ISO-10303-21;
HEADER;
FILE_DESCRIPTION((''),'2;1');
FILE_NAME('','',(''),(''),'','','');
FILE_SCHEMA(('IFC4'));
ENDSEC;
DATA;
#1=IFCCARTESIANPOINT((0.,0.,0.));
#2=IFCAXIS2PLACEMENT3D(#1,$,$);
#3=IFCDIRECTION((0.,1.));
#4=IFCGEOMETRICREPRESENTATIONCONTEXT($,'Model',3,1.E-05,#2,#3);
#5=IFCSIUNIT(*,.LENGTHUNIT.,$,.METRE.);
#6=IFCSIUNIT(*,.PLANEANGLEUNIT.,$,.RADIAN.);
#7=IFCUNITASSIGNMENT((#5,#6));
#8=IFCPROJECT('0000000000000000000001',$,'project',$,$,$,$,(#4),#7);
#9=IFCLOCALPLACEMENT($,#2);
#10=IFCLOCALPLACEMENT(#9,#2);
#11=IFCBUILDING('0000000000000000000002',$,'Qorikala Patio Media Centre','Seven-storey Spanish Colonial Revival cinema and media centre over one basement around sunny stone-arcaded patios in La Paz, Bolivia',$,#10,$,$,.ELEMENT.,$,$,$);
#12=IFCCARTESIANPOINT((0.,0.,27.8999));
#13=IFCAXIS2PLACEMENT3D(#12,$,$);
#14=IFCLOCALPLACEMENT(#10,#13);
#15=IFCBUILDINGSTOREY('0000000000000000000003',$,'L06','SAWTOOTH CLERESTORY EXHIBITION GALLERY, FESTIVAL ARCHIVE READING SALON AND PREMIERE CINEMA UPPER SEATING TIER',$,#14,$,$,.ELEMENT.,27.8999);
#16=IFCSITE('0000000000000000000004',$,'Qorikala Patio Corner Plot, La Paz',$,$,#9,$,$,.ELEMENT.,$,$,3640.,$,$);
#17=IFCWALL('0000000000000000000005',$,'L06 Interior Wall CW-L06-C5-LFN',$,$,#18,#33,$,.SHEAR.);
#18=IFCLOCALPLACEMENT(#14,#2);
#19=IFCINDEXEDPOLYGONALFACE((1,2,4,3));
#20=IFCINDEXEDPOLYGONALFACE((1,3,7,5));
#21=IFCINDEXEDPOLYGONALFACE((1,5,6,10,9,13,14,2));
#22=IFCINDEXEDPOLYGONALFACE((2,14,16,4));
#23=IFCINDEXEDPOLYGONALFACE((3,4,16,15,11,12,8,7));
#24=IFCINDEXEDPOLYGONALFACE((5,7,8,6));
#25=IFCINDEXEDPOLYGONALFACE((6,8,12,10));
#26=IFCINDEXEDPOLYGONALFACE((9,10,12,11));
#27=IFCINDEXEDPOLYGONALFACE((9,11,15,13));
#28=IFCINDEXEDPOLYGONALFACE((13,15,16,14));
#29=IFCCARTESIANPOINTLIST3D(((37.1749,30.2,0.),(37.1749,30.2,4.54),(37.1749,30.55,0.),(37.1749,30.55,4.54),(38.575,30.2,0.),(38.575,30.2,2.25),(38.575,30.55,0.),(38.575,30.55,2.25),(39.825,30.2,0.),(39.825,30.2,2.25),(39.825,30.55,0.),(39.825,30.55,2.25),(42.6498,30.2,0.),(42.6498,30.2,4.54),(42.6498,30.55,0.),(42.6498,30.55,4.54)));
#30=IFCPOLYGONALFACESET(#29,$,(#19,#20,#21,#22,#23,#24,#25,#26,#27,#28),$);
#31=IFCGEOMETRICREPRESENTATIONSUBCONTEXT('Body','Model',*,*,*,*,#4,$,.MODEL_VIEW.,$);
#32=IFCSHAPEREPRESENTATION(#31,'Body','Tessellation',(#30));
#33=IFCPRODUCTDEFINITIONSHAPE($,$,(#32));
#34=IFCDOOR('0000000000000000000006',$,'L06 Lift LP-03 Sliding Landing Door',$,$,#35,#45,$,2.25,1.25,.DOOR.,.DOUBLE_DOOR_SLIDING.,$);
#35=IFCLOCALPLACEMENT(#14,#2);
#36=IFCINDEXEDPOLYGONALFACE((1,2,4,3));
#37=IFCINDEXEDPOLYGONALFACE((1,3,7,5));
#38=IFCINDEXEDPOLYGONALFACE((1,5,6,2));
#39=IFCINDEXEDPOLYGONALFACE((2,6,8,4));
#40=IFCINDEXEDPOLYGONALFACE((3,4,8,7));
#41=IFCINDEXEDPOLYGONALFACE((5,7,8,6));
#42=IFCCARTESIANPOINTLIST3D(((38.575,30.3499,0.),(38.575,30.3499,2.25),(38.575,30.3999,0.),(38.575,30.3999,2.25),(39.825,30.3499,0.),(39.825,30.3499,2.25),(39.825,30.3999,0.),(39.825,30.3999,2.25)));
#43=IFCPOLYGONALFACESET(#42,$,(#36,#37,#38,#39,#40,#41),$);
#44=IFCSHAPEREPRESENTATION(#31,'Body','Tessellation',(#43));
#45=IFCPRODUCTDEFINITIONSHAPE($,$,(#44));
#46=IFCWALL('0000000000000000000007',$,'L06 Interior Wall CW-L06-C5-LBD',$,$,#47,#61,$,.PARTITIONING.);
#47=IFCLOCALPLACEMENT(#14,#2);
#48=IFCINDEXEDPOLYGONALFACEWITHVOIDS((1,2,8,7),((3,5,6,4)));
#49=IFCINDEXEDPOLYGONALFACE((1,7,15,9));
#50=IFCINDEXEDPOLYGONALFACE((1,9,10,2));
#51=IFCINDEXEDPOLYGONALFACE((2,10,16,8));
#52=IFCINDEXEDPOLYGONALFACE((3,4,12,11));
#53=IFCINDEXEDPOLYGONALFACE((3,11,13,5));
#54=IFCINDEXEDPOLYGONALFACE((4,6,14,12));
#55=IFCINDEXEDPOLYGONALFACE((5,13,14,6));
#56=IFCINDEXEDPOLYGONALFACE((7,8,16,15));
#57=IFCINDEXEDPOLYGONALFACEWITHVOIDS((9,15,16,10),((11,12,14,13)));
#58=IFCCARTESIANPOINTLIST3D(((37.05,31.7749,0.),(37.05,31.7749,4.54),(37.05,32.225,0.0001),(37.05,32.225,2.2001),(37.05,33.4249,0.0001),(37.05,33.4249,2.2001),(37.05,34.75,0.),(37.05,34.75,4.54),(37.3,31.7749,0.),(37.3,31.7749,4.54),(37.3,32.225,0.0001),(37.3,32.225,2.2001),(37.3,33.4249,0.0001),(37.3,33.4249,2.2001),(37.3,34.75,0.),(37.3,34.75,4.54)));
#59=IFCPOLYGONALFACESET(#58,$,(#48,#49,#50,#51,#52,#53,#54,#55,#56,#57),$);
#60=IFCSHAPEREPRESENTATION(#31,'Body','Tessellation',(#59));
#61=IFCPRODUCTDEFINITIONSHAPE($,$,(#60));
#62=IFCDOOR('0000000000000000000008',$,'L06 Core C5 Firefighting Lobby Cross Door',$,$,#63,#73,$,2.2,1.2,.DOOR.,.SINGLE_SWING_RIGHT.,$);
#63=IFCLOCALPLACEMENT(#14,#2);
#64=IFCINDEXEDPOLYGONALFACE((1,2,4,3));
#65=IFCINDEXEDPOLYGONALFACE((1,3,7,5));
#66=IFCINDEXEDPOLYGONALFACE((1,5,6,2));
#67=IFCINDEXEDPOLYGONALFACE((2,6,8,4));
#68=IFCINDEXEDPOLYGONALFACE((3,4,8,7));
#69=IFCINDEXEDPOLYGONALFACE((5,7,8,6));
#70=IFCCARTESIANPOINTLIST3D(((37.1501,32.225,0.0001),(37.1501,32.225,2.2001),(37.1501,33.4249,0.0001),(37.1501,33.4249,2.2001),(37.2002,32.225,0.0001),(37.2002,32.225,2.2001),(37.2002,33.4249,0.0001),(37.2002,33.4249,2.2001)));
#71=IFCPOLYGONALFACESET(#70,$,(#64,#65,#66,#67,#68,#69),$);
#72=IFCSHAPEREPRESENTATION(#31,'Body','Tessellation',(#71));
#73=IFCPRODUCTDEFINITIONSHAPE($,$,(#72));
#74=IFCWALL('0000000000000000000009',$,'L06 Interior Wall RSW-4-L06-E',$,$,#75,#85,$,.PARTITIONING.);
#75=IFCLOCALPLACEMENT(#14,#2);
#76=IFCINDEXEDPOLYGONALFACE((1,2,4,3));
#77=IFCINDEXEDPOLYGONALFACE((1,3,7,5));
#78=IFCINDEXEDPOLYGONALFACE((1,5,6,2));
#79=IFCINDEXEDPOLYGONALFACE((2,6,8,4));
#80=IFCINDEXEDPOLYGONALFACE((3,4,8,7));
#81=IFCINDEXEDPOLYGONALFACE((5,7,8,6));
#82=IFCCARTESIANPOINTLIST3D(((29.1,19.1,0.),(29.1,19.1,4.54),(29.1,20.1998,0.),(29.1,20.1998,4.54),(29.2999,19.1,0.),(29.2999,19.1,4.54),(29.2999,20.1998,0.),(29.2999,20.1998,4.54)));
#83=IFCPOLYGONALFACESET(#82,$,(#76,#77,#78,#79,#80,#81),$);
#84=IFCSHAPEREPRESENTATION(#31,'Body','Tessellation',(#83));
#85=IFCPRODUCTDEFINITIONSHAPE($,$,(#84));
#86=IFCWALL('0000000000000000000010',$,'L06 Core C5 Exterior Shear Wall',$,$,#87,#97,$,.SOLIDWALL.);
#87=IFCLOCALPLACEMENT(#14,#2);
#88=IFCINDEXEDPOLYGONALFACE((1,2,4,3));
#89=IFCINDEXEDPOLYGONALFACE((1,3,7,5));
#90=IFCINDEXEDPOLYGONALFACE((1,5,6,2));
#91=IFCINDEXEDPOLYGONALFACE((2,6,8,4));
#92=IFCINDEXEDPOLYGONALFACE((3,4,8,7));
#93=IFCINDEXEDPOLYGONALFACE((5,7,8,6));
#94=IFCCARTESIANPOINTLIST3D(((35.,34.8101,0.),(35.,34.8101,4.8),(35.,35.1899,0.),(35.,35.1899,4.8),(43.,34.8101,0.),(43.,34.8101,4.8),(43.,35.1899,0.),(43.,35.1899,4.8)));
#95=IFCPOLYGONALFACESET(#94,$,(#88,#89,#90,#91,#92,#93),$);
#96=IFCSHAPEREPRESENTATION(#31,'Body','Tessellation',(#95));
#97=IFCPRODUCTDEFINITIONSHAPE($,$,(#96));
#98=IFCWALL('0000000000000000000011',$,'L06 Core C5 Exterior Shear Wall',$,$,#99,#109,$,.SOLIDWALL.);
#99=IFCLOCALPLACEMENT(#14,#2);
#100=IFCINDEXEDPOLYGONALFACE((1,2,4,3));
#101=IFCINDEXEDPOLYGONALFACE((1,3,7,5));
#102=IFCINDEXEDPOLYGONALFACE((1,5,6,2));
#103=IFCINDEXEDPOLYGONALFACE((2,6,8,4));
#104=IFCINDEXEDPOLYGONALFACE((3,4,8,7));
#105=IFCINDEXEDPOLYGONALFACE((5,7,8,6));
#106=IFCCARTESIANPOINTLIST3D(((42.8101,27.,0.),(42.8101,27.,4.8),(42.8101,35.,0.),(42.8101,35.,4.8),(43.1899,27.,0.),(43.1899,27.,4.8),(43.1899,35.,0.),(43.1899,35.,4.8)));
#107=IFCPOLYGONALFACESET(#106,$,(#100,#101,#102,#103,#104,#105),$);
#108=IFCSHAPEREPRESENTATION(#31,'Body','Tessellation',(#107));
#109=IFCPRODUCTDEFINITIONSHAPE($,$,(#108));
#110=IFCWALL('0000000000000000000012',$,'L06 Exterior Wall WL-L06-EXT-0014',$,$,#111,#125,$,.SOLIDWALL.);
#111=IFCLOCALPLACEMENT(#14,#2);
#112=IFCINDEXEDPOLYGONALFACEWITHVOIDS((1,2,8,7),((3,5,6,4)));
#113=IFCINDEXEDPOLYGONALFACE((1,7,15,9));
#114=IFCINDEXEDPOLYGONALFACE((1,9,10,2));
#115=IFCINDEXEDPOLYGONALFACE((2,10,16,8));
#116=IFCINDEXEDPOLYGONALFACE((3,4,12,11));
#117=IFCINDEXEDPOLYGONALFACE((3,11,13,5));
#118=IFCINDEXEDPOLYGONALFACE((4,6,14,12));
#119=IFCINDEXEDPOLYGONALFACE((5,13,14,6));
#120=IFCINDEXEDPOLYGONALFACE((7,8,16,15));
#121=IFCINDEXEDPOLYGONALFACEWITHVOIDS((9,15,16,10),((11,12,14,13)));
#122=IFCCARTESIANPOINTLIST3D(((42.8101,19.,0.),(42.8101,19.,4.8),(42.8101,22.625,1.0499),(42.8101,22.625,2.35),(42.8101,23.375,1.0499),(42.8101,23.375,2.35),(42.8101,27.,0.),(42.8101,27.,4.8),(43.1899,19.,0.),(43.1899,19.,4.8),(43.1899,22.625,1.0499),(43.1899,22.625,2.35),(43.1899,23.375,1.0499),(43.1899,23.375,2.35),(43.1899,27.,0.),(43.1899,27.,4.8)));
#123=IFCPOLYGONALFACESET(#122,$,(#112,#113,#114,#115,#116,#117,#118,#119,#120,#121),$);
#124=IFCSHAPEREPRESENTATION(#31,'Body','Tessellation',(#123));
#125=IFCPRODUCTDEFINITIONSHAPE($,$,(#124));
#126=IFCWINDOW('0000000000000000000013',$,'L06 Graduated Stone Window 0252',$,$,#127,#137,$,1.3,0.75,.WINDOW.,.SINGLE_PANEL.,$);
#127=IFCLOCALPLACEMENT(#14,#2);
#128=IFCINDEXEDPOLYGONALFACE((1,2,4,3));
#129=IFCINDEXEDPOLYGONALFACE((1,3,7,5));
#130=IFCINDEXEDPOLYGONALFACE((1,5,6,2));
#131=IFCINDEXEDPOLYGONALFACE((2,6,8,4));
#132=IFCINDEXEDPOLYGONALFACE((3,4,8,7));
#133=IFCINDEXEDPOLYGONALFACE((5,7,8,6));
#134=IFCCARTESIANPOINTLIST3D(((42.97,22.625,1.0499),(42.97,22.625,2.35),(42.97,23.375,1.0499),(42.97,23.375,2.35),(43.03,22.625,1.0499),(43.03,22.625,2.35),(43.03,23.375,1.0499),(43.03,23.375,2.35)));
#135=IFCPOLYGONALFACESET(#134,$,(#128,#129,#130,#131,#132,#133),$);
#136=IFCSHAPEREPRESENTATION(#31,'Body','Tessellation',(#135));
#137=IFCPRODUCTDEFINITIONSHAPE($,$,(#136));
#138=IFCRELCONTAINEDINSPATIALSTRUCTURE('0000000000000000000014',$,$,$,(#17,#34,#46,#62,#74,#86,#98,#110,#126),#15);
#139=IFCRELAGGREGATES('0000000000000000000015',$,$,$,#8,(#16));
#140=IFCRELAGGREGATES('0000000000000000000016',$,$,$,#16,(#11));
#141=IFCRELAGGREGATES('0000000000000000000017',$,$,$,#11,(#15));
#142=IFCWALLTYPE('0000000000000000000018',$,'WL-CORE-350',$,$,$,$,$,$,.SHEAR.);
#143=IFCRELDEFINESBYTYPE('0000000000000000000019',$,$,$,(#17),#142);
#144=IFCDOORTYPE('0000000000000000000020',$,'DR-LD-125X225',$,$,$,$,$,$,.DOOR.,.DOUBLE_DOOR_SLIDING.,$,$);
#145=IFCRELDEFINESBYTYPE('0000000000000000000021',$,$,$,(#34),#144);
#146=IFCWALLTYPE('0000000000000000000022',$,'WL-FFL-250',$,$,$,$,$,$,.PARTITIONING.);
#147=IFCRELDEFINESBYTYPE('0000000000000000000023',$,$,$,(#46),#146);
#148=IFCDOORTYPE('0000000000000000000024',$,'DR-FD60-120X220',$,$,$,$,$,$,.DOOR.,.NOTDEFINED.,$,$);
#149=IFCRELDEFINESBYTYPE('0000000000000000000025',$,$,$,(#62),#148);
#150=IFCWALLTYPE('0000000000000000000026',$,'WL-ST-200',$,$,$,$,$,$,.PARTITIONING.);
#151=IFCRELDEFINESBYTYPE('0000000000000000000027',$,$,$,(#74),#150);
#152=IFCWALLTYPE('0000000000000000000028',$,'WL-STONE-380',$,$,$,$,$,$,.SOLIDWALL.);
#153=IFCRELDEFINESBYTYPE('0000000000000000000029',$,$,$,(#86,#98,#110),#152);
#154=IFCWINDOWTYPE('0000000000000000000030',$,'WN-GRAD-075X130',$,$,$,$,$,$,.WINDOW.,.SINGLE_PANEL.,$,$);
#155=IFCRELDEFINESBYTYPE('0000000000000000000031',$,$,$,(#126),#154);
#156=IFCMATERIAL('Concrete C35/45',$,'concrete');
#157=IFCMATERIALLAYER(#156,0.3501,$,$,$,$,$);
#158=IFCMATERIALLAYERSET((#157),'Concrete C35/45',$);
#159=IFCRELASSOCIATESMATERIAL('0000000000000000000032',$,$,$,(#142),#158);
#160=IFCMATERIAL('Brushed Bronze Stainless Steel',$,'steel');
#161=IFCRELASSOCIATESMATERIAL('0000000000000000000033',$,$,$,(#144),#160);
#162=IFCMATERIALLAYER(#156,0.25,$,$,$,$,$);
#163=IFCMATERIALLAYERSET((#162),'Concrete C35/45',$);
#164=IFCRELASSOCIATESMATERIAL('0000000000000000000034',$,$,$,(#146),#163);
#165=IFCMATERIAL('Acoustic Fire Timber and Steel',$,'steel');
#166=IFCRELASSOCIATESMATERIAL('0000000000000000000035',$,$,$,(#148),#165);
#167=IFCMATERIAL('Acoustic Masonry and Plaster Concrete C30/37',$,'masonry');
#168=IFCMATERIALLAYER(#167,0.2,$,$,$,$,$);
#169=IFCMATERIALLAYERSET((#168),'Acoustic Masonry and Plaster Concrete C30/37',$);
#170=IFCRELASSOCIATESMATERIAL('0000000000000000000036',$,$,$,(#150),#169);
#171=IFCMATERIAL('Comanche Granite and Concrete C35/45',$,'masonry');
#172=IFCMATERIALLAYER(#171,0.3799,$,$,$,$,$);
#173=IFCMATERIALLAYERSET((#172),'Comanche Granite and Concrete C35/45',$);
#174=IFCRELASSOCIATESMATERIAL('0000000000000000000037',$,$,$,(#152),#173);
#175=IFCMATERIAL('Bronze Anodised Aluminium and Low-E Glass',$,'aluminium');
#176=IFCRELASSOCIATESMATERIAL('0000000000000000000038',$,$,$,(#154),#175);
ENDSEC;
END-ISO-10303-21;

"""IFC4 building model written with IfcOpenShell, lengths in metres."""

from ifc_helpers import new_model, si_unit, direction, frame, frame_2d, origin, place, context, subcontext, project, spatial, rectangle, extrude, material, layer, layer_set, type_object, element, fill, save


model = new_model("IFC4")

# Units and contexts
model_context = context("Model", 3, precision=1e-05, world=origin(), true_north=direction((0.0, 1.0)))
body_context = subcontext(model_context, "Body", "Model", "MODEL_VIEW")
ifc_project = project(units=[si_unit("LENGTHUNIT", "METRE"), si_unit("PLANEANGLEUNIT", "RADIAN")], contexts=[model_context])

# Site, building, storey
site_placement = place(None, origin())
site = spatial("IfcSite", under=ifc_project, at=site_placement, Name="Qorikala Patio Corner Plot, La Paz", CompositionType="ELEMENT", RefElevation=3640.0)
building_placement = place(site_placement, origin())
building = spatial("IfcBuilding", under=site, at=building_placement, Name="Qorikala Patio Media Centre", Description="Seven-storey Spanish Colonial Revival cinema and media centre over one basement around sunny stone-arcaded patios in La Paz, Bolivia", CompositionType="ELEMENT")
storey_placement = place(building_placement, frame((0.0, 0.0, 27.8999)))
storey = spatial("IfcBuildingStorey", under=building, at=storey_placement, Name="L06", Description="SAWTOOTH CLERESTORY EXHIBITION GALLERY, FESTIVAL ARCHIVE READING SALON AND PREMIERE CINEMA UPPER SEATING TIER", CompositionType="ELEMENT", Elevation=27.8999)

# Shared definitions
ifc_material_1 = material(Name="Concrete C35/45", Category="concrete")

# Shared definitions
ifc_layer_1 = layer(ifc_material_1, 0.3501)
ifc_layer_set_1 = layer_set([ifc_layer_1], Name="Concrete C35/45")
wall_type_1 = type_object("IfcWallType", Name="WL-CORE-350", PredefinedType="SHEAR", material=ifc_layer_set_1)

# Walls, openings, doors
wall_1_placement = place(storey_placement, frame((37.175, 30.375, 0.0), z_axis=(0.0, 0.0, 1.0), x_axis=(1.0, 0.0, 0.0)))
wall_1 = element("IfcWall", 1, at=wall_1_placement, inside=storey, type_object=wall_type_1, Name="L06 Interior Wall CW-L06-C5-LFN", PredefinedType="SHEAR", context=body_context, shape_type="SweptSolid", body=[
    extrude(rectangle(XDim=5.4749, YDim=0.3501, at=frame_2d((2.7373, 0.0))), origin(), (0.0, 0.0, 1.0), 4.54),
])
opening_1_placement = place(wall_1_placement, frame((1.3999, 0.0, 0.0)))
opening_1 = element("IfcOpeningElement", 2, at=opening_1_placement, cuts=wall_1, PredefinedType="OPENING", context=body_context, shape_type="SweptSolid", body=[
    extrude(rectangle(XDim=1.25, YDim=2.25, at=frame_2d((0.625, 1.125))), frame((0.0, 0.1851, 0.0), z_axis=(0.0, -1.0, 0.0), x_axis=(1.0, 0.0, 0.0)), (0.0, 0.0, 1.0), 0.3701),
])
ifc_material_2 = material(Name="Brushed Bronze Stainless Steel", Category="steel")
door_type_1 = type_object("IfcDoorType", Name="DR-LD-125X225", OperationType="DOUBLE_DOOR_SLIDING", PredefinedType="DOOR", material=ifc_material_2)
door_1_placement = place(opening_1_placement, origin())
door_1 = element("IfcDoor", 3, at=door_1_placement, inside=storey, type_object=door_type_1, Name="L06 Lift LP-03 Sliding Landing Door", OperationType="DOUBLE_DOOR_SLIDING", OverallHeight=2.25, OverallWidth=1.25, PredefinedType="DOOR", context=body_context, shape_type="SweptSolid", body=[
    extrude(rectangle(XDim=1.25, YDim=2.25, at=frame_2d((0.625, 1.125))), frame((0.0, 0.0249, 0.0), z_axis=(0.0, -1.0, 0.0), x_axis=(1.0, 0.0, 0.0)), (0.0, 0.0, 1.0), 0.05),
])
fill(opening_1, door_1)
ifc_layer_2 = layer(ifc_material_1, 0.25)
ifc_layer_set_2 = layer_set([ifc_layer_2], Name="Concrete C35/45")
wall_type_2 = type_object("IfcWallType", Name="WL-FFL-250", PredefinedType="PARTITIONING", material=ifc_layer_set_2)
wall_2_placement = place(storey_placement, frame((37.175, 31.7749, 0.0), z_axis=(0.0, 0.0, 1.0), x_axis=(0.0, 1.0, 0.0)))
wall_2 = element("IfcWall", 4, at=wall_2_placement, inside=storey, type_object=wall_type_2, Name="L06 Interior Wall CW-L06-C5-LBD", PredefinedType="PARTITIONING", context=body_context, shape_type="SweptSolid", body=[
    extrude(rectangle(XDim=2.9751, YDim=0.25, at=frame_2d((1.4875, 0.0))), origin(), (0.0, 0.0, 1.0), 4.54),
])
opening_2_placement = place(wall_2_placement, frame((0.45, 0.0, 0.0)))
opening_2 = element("IfcOpeningElement", 5, at=opening_2_placement, cuts=wall_2, PredefinedType="OPENING", context=body_context, shape_type="SweptSolid", body=[
    extrude(rectangle(XDim=1.2, YDim=2.2, at=frame_2d((0.6001, 1.1001))), frame((0.0, 0.135, 0.0), z_axis=(0.0, -1.0, 0.0), x_axis=(1.0, 0.0, 0.0)), (0.0, 0.0, 1.0), 0.27),
])
ifc_material_3 = material(Name="Acoustic Fire Timber and Steel", Category="steel")
door_type_2 = type_object("IfcDoorType", Name="DR-FD60-120X220", OperationType="NOTDEFINED", PredefinedType="DOOR", material=ifc_material_3)
door_2_placement = place(opening_2_placement, origin())
door_2 = element("IfcDoor", 6, at=door_2_placement, inside=storey, type_object=door_type_2, Name="L06 Core C5 Firefighting Lobby Cross Door", OperationType="SINGLE_SWING_RIGHT", OverallHeight=2.2, OverallWidth=1.2, PredefinedType="DOOR", context=body_context, shape_type="SweptSolid", body=[
    extrude(rectangle(XDim=1.2, YDim=2.2, at=frame_2d((0.6001, 1.1001))), frame((0.0, 0.0249, 0.0), z_axis=(0.0, -1.0, 0.0), x_axis=(1.0, 0.0, 0.0)), (0.0, 0.0, 1.0), 0.05),
])
fill(opening_2, door_2)

# Walls
ifc_material_4 = material(Name="Acoustic Masonry and Plaster Concrete C30/37", Category="masonry")
ifc_layer_3 = layer(ifc_material_4, 0.2)
ifc_layer_set_3 = layer_set([ifc_layer_3], Name="Acoustic Masonry and Plaster Concrete C30/37")
wall_type_3 = type_object("IfcWallType", Name="WL-ST-200", PredefinedType="PARTITIONING", material=ifc_layer_set_3)
wall_3_placement = place(storey_placement, frame((29.2, 19.1001, 0.0), z_axis=(0.0, 0.0, 1.0), x_axis=(0.0, 1.0, 0.0)))
element("IfcWall", 7, at=wall_3_placement, inside=storey, type_object=wall_type_3, Name="L06 Interior Wall RSW-4-L06-E", PredefinedType="PARTITIONING", context=body_context, shape_type="SweptSolid", body=[
    extrude(rectangle(XDim=1.0999, YDim=0.2, at=frame_2d((0.5498, 0.0))), origin(), (0.0, 0.0, 1.0), 4.54),
])
ifc_material_5 = material(Name="Comanche Granite and Concrete C35/45", Category="masonry")
ifc_layer_4 = layer(ifc_material_5, 0.3799)
ifc_layer_set_4 = layer_set([ifc_layer_4], Name="Comanche Granite and Concrete C35/45")
wall_type_4 = type_object("IfcWallType", Name="WL-STONE-380", PredefinedType="SOLIDWALL", material=ifc_layer_set_4)
for number, where, z_axis, x_axis, name in (
    (8, (35.0, 35.0, 0.0), (0.0, 0.0, 1.0), (1.0, 0.0, 0.0), "L06 Core C5 Exterior Shear Wall"),
    (9, (43.0, 35.0, 0.0), (0.0, 0.0, 1.0), (0.0, -1.0, 0.0), "L06 Core C5 Exterior Shear Wall"),
):
    element("IfcWall", number, at=place(storey_placement, frame(where, z_axis=z_axis, x_axis=x_axis)), inside=storey, type_object=wall_type_4, Name=name, PredefinedType="SOLIDWALL", context=body_context, shape_type="SweptSolid", body=[
        extrude(rectangle(XDim=8.0, YDim=0.3799, at=frame_2d((4.0, 0.0))), origin(), (0.0, 0.0, 1.0), 4.8),
    ])

# Wall, opening, window
wall_4_placement = place(storey_placement, frame((43.0, 27.0, 0.0), z_axis=(0.0, 0.0, 1.0), x_axis=(0.0, -1.0, 0.0)))
wall_4 = element("IfcWall", 10, at=wall_4_placement, inside=storey, type_object=wall_type_4, Name="L06 Exterior Wall WL-L06-EXT-0014", PredefinedType="SOLIDWALL", context=body_context, shape_type="SweptSolid", body=[
    extrude(rectangle(XDim=8.0, YDim=0.3799, at=frame_2d((4.0, 0.0))), origin(), (0.0, 0.0, 1.0), 4.8),
])
opening_3_placement = place(wall_4_placement, frame((3.625, 0.0, 1.05)))
opening_3 = element("IfcOpeningElement", 11, at=opening_3_placement, cuts=wall_4, PredefinedType="OPENING", context=body_context, shape_type="SweptSolid", body=[
    extrude(rectangle(XDim=0.75, YDim=1.3, at=frame_2d((0.375, 0.6499))), frame((0.0, 0.2, 0.0), z_axis=(0.0, -1.0, 0.0), x_axis=(1.0, 0.0, 0.0)), (0.0, 0.0, 1.0), 0.3999),
])
ifc_material_6 = material(Name="Bronze Anodised Aluminium and Low-E Glass", Category="aluminium")
window_type = type_object("IfcWindowType", Name="WN-GRAD-075X130", PartitioningType="SINGLE_PANEL", PredefinedType="WINDOW", material=ifc_material_6)
window_placement = place(opening_3_placement, origin())
window = element("IfcWindow", 12, at=window_placement, inside=storey, type_object=window_type, Name="L06 Graduated Stone Window 0252", OverallHeight=1.3, OverallWidth=0.75, PartitioningType="SINGLE_PANEL", PredefinedType="WINDOW", context=body_context, shape_type="SweptSolid", body=[
    extrude(rectangle(XDim=0.75, YDim=1.3, at=frame_2d((0.375, 0.6499))), frame((0.0, 0.03, 0.0), z_axis=(0.0, -1.0, 0.0), x_axis=(1.0, 0.0, 0.0)), (0.0, 0.0, 1.0), 0.0601),
])
fill(opening_3, window)

save(model, "model.ifc")
